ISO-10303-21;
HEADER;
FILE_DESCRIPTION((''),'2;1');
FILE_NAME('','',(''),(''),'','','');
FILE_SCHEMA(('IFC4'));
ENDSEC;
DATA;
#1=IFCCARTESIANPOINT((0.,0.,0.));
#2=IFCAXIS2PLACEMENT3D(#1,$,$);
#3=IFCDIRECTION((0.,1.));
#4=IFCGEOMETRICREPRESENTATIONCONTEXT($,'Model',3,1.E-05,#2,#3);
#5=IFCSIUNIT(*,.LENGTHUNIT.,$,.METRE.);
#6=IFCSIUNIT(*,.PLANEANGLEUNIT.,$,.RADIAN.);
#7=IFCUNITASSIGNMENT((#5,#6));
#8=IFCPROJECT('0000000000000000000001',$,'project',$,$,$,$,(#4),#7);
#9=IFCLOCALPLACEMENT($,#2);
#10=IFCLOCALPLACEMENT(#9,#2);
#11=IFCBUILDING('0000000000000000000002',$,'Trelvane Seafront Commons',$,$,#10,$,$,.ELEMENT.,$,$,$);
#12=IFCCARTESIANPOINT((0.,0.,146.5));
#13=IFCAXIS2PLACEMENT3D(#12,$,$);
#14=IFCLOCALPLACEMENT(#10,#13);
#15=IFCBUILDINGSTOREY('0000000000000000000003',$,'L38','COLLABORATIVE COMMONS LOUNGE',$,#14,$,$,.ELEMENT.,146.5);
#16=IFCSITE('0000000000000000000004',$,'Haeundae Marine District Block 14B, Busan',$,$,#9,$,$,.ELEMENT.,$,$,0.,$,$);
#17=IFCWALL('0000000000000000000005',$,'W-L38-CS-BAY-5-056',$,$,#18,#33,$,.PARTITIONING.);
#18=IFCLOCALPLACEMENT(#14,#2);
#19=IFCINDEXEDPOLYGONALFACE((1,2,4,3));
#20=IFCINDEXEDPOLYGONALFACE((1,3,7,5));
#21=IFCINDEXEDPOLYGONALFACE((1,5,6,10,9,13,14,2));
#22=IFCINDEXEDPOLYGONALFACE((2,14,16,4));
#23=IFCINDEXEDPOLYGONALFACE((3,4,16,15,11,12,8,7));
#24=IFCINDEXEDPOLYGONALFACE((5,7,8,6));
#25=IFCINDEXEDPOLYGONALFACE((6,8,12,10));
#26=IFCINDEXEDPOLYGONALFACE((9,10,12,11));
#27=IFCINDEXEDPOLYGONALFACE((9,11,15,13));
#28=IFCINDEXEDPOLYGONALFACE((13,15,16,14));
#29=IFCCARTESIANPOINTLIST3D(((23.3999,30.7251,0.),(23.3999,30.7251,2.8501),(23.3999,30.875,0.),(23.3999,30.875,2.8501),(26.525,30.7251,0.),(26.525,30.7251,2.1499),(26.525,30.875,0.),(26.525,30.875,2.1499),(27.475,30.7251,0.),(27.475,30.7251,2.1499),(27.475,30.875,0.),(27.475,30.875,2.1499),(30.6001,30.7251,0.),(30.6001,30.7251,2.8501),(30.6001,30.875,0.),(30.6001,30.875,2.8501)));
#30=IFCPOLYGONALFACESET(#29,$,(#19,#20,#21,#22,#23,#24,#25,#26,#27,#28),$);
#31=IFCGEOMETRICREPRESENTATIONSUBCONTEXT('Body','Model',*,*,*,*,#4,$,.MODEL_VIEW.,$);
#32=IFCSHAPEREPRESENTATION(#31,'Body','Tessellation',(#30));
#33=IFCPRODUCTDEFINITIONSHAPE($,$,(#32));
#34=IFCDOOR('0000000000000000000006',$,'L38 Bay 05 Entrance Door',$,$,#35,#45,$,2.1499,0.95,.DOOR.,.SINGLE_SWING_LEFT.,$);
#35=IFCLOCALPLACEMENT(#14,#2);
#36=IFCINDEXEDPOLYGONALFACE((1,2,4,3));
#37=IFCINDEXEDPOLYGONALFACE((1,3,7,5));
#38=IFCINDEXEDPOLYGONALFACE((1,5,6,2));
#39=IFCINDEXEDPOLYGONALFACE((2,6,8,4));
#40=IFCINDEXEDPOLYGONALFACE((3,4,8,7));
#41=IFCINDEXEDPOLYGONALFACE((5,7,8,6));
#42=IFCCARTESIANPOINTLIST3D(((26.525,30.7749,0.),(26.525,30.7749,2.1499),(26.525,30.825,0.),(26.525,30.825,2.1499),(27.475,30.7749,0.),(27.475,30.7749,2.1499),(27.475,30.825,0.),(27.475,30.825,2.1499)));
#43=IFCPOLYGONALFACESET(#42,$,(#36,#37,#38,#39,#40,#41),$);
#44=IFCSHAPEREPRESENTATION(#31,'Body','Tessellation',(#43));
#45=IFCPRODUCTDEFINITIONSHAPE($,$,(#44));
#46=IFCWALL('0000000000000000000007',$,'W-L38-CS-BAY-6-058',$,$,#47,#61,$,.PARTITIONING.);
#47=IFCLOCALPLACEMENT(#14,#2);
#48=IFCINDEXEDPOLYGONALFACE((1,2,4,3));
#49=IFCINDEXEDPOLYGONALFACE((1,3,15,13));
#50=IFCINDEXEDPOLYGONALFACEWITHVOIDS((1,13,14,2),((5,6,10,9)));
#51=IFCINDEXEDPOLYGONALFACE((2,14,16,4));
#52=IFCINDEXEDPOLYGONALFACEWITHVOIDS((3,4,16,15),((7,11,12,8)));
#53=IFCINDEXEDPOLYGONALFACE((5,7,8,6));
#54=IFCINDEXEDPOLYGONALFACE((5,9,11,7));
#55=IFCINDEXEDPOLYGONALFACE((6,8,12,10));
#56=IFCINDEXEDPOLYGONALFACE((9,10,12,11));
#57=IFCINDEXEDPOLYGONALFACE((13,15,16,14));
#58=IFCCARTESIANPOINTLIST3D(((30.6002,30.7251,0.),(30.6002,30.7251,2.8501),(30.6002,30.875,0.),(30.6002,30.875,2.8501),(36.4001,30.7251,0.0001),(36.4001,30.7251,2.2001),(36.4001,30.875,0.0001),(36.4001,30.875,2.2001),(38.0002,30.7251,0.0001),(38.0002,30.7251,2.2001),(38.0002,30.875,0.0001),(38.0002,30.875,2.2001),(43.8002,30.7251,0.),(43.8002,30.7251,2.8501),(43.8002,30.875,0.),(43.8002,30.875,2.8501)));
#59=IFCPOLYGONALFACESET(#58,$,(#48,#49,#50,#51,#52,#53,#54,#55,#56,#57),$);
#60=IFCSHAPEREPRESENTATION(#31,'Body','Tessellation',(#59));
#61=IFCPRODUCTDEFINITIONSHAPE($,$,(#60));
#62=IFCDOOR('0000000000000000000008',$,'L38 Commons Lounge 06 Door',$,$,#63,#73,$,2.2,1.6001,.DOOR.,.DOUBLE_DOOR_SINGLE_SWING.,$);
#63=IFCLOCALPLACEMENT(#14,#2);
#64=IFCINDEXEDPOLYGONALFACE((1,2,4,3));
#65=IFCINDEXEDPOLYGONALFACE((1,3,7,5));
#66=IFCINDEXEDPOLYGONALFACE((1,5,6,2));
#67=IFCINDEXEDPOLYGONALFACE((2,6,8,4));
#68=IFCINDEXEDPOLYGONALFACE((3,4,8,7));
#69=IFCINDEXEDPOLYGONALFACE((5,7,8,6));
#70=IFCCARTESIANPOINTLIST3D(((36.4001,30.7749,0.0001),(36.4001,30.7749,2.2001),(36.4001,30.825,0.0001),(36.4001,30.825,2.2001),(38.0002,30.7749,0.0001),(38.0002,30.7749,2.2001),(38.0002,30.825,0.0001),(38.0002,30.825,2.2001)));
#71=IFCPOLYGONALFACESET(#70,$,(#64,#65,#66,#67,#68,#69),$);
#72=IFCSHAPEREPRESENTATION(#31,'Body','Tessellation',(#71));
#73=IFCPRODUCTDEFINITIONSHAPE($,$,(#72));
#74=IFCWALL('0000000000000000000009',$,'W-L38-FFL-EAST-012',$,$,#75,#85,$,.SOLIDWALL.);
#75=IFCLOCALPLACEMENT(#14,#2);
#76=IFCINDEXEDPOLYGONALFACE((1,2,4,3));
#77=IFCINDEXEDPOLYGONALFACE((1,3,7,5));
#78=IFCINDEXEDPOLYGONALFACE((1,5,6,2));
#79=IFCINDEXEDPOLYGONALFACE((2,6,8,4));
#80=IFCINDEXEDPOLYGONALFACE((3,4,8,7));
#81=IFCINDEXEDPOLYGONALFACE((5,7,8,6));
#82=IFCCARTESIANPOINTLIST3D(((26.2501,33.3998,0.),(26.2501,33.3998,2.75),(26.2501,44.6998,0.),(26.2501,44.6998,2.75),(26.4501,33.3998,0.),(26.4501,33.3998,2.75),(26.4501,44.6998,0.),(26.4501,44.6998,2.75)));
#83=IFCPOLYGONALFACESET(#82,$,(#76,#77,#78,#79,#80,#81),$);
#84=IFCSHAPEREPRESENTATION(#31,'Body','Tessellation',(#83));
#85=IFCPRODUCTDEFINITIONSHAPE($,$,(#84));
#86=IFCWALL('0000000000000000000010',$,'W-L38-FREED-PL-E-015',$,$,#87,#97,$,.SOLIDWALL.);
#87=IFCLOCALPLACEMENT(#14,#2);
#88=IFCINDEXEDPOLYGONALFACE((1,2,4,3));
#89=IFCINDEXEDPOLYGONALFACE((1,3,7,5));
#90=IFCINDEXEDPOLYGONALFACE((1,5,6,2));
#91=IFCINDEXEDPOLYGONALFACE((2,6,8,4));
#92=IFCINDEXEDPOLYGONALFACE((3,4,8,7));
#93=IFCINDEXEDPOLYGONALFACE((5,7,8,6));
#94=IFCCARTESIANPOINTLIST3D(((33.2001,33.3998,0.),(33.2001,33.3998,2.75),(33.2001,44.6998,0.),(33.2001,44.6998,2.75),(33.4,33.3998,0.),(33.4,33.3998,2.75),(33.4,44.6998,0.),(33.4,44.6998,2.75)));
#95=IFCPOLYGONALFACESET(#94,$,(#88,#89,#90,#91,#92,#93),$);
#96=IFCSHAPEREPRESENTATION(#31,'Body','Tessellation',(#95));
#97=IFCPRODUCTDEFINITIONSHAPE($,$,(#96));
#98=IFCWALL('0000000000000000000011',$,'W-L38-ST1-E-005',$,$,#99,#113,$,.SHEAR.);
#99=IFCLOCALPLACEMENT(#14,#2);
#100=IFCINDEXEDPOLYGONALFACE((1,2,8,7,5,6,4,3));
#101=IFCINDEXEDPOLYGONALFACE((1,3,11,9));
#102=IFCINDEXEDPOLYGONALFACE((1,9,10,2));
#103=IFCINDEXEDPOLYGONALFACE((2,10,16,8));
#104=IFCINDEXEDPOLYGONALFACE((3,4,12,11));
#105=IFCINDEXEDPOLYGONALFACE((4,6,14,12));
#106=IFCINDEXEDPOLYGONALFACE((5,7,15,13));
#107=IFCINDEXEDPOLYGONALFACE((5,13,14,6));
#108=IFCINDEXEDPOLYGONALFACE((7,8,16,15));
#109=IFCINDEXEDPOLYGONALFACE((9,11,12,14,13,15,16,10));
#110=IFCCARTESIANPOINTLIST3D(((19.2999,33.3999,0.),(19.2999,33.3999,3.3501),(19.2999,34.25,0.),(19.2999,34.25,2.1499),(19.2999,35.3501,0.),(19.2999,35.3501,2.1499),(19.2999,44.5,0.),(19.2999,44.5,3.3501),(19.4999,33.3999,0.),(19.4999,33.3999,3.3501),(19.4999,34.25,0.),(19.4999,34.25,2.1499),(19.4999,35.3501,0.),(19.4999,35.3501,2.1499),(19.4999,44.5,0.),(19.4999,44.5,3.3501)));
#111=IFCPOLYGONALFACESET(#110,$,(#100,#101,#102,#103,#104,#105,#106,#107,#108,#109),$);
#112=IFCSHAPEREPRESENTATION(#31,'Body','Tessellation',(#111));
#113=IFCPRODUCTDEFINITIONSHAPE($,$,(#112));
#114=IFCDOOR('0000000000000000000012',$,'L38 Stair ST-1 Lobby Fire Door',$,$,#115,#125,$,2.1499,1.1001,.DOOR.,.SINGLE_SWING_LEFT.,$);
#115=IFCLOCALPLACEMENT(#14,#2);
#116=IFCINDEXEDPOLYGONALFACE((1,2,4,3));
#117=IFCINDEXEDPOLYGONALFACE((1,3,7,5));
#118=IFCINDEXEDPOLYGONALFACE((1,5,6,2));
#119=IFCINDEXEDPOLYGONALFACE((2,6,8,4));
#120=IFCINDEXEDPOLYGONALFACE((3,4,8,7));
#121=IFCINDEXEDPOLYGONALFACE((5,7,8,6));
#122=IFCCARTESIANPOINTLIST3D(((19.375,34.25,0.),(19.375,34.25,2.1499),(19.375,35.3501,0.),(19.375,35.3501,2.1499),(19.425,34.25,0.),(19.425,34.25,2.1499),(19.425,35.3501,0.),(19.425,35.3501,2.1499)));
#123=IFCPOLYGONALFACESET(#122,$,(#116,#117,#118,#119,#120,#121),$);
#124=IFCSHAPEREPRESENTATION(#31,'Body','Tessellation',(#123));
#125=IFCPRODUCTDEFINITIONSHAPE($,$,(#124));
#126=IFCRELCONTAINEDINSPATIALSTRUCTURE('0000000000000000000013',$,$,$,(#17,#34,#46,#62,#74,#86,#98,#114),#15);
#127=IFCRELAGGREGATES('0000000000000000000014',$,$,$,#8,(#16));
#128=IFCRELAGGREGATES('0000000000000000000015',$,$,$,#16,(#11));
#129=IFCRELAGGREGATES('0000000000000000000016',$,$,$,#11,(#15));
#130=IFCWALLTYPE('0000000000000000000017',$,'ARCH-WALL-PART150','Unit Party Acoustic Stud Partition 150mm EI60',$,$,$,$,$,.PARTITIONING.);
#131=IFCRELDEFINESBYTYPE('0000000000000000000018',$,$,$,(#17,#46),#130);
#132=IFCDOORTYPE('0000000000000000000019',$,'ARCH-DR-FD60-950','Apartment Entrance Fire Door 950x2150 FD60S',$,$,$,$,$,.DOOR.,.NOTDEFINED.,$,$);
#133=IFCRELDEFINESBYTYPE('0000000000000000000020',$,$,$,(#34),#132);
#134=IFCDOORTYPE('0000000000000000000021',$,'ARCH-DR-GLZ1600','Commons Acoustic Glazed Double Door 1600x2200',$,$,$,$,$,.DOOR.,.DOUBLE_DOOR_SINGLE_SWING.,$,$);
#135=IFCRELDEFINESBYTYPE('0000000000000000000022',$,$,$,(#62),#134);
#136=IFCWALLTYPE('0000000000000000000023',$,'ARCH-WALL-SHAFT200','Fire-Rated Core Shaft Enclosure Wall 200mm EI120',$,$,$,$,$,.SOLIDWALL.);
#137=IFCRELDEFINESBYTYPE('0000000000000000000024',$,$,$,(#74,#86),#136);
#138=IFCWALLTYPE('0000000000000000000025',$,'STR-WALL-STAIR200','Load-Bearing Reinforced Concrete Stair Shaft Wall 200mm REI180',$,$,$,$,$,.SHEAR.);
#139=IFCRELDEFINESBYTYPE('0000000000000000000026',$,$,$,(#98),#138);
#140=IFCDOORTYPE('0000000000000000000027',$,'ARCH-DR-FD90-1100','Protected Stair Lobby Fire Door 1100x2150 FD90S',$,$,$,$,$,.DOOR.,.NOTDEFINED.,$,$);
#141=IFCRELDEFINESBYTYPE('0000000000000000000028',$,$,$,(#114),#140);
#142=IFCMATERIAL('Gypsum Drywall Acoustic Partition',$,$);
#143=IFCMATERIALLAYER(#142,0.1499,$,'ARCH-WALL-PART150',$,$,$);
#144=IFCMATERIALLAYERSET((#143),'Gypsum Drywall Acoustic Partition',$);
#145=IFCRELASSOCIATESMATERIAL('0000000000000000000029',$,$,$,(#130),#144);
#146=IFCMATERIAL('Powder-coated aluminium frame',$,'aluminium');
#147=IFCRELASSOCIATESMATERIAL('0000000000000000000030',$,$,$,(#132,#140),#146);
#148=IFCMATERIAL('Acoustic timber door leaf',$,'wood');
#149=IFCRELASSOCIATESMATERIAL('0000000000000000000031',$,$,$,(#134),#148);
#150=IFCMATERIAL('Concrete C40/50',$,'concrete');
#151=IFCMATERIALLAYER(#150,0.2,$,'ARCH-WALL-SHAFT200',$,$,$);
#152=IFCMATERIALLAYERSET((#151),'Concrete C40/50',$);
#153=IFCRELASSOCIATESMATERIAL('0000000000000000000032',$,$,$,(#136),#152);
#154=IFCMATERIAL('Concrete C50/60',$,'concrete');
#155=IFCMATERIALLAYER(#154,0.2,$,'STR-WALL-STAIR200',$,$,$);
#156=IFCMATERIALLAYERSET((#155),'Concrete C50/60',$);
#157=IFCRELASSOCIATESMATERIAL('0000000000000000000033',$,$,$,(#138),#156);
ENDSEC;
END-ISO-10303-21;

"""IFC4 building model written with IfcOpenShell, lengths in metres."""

from ifc_helpers import new_model, si_unit, direction, frame, frame_2d, origin, place, context, subcontext, project, spatial, rectangle, extrude, source, transform, mapped, material, layer, layer_set, type_object, element, fill, save


model = new_model("IFC4")

# Units and contexts
model_context = context("Model", 3, precision=1e-05, world=origin(), true_north=direction((0.0, 1.0)))
body_context = subcontext(model_context, "Body", "Model", "MODEL_VIEW")
ifc_project = project(units=[si_unit("LENGTHUNIT", "METRE"), si_unit("PLANEANGLEUNIT", "RADIAN")], contexts=[model_context])

# Site, building, storey
site_placement = place(None, origin())
site = spatial("IfcSite", under=ifc_project, at=site_placement, Name="Haeundae Marine District Block 14B, Busan", CompositionType="ELEMENT", RefElevation=0.0)
building_placement = place(site_placement, origin())
building = spatial("IfcBuilding", under=site, at=building_placement, Name="Trelvane Seafront Commons", CompositionType="ELEMENT")
storey_placement = place(building_placement, frame((0.0, 0.0, 146.5)))
storey = spatial("IfcBuildingStorey", under=building, at=storey_placement, Name="L38", Description="COLLABORATIVE COMMONS LOUNGE", CompositionType="ELEMENT", Elevation=146.5)

# Shared definitions
ifc_material_1 = material(Name="Concrete C50/60", Category="concrete")

# Walls, openings, doors
ifc_material_2 = material(Name="Concrete C40/50", Category="concrete")
ifc_material_3 = material(Name="Powder-coated aluminium frame", Category="aluminium")
shared_shape_1 = source(origin(), body_context, "Body", "SweptSolid", [
    extrude(rectangle(XDim=1.6001, YDim=2.2, at=frame_2d((0.8, 1.1001))), frame((0.0, 0.0249, 0.0), z_axis=(0.0, -1.0, 0.0), x_axis=(1.0, 0.0, 0.0)), (0.0, 0.0, 1.0), 0.05),
])
ifc_material_4 = material(Name="Acoustic timber door leaf", Category="wood")
shared_shape_2 = source(origin(), body_context, "Body", "SweptSolid", [
    extrude(rectangle(XDim=0.95, YDim=2.1499, at=frame_2d((0.4751, 1.075))), frame((0.0, 0.0249, 0.0), z_axis=(0.0, -1.0, 0.0), x_axis=(1.0, 0.0, 0.0)), (0.0, 0.0, 1.0), 0.05),
])
ifc_material_5 = material(Name="Gypsum Drywall Acoustic Partition")
ifc_layer_1 = layer(ifc_material_5, 0.1499, Name="ARCH-WALL-PART150")
ifc_layer_set_1 = layer_set([ifc_layer_1], Name="Gypsum Drywall Acoustic Partition")
wall_type_1 = type_object("IfcWallType", Name="ARCH-WALL-PART150", Description="Unit Party Acoustic Stud Partition 150mm EI60", PredefinedType="PARTITIONING", material=ifc_layer_set_1)
door_type_1 = type_object("IfcDoorType", Name="ARCH-DR-FD60-950", Description="Apartment Entrance Fire Door 950x2150 FD60S", OperationType="NOTDEFINED", PredefinedType="DOOR", material=ifc_material_3)
wall_1_placement = place(storey_placement, frame((23.3999, 30.8, 0.0), z_axis=(0.0, 0.0, 1.0), x_axis=(1.0, 0.0, 0.0)))
wall_1 = element("IfcWall", 1, at=wall_1_placement, inside=storey, type_object=wall_type_1, Name="W-L38-CS-BAY-5-056", PredefinedType="PARTITIONING", context=body_context, shape_type="SweptSolid", body=[
    extrude(rectangle(XDim=7.2002, YDim=0.1499, at=frame_2d((3.6001, 0.0))), origin(), (0.0, 0.0, 1.0), 2.8501),
])
opening_1_placement = place(wall_1_placement, frame((3.125, 0.0, 0.0)))
opening_1 = element("IfcOpeningElement", 2, at=opening_1_placement, cuts=wall_1, PredefinedType="OPENING", context=body_context, shape_type="SweptSolid", body=[
    extrude(rectangle(XDim=0.95, YDim=2.1499, at=frame_2d((0.4751, 1.075))), frame((0.0, 0.085, 0.0), z_axis=(0.0, -1.0, 0.0), x_axis=(1.0, 0.0, 0.0)), (0.0, 0.0, 1.0), 0.1699),
])
door_1_placement = place(opening_1_placement, origin())
door_1 = element("IfcDoor", 3, at=door_1_placement, inside=storey, type_object=door_type_1, Name="L38 Bay 05 Entrance Door", OperationType="SINGLE_SWING_LEFT", OverallHeight=2.1499, OverallWidth=0.95, PredefinedType="DOOR", context=body_context, shape_type="MappedRepresentation", body=[
    mapped(shared_shape_2, transform((0.0, 0.0, 0.0), x_axis=(1.0, 0.0, 0.0), y_axis=(0.0, 1.0, 0.0), z_axis=(0.0, 0.0, 1.0), scale=1.0)),
])
fill(opening_1, door_1)
wall_2_placement = place(storey_placement, frame((30.6001, 30.8, 0.0), z_axis=(0.0, 0.0, 1.0), x_axis=(1.0, 0.0, 0.0)))
wall_2 = element("IfcWall", 4, at=wall_2_placement, inside=storey, type_object=wall_type_1, Name="W-L38-CS-BAY-6-058", PredefinedType="PARTITIONING", context=body_context, shape_type="SweptSolid", body=[
    extrude(rectangle(XDim=13.2, YDim=0.1499, at=frame_2d((6.6001, 0.0))), origin(), (0.0, 0.0, 1.0), 2.8501),
])
opening_2_placement = place(wall_2_placement, frame((5.8, 0.0, 0.0)))
opening_2 = element("IfcOpeningElement", 5, at=opening_2_placement, cuts=wall_2, PredefinedType="OPENING", context=body_context, shape_type="SweptSolid", body=[
    extrude(rectangle(XDim=1.6001, YDim=2.2, at=frame_2d((0.8, 1.1001))), frame((0.0, 0.085, 0.0), z_axis=(0.0, -1.0, 0.0), x_axis=(1.0, 0.0, 0.0)), (0.0, 0.0, 1.0), 0.1699),
])
door_type_2 = type_object("IfcDoorType", Name="ARCH-DR-GLZ1600", Description="Commons Acoustic Glazed Double Door 1600x2200", OperationType="DOUBLE_DOOR_SINGLE_SWING", PredefinedType="DOOR", material=ifc_material_4)
door_2_placement = place(opening_2_placement, origin())
door_2 = element("IfcDoor", 6, at=door_2_placement, inside=storey, type_object=door_type_2, Name="L38 Commons Lounge 06 Door", OperationType="DOUBLE_DOOR_SINGLE_SWING", OverallHeight=2.2, OverallWidth=1.6001, PredefinedType="DOOR", context=body_context, shape_type="MappedRepresentation", body=[
    mapped(shared_shape_1, transform((0.0, 0.0, 0.0), x_axis=(1.0, 0.0, 0.0), y_axis=(0.0, 1.0, 0.0), z_axis=(0.0, 0.0, 1.0), scale=1.0)),
])
fill(opening_2, door_2)

# Walls
ifc_layer_2 = layer(ifc_material_2, 0.2, Name="ARCH-WALL-SHAFT200")
ifc_layer_set_2 = layer_set([ifc_layer_2], Name="Concrete C40/50")
wall_type_2 = type_object("IfcWallType", Name="ARCH-WALL-SHAFT200", Description="Fire-Rated Core Shaft Enclosure Wall 200mm EI120", PredefinedType="SOLIDWALL", material=ifc_layer_set_2)
for number, where, z_axis, x_axis, name in (
    (7, (26.3501, 33.3999, 0.0), (0.0, 0.0, 1.0), (0.0, 1.0, 0.0), "W-L38-FFL-EAST-012"),
    (8, (33.3, 33.3999, 0.0), (0.0, 0.0, 1.0), (0.0, 1.0, 0.0), "W-L38-FREED-PL-E-015"),
):
    element("IfcWall", number, at=place(storey_placement, frame(where, z_axis=z_axis, x_axis=x_axis)), inside=storey, type_object=wall_type_2, Name=name, PredefinedType="SOLIDWALL", context=body_context, shape_type="SweptSolid", body=[
        extrude(rectangle(XDim=11.3, YDim=0.2, at=frame_2d((5.6499, 0.0))), origin(), (0.0, 0.0, 1.0), 2.75),
    ])

# Wall, opening, door
ifc_layer_3 = layer(ifc_material_1, 0.2, Name="STR-WALL-STAIR200")
ifc_layer_set_3 = layer_set([ifc_layer_3], Name="Concrete C50/60")
wall_type_3 = type_object("IfcWallType", Name="STR-WALL-STAIR200", Description="Load-Bearing Reinforced Concrete Stair Shaft Wall 200mm REI180", PredefinedType="SHEAR", material=ifc_layer_set_3)
wall_3_placement = place(storey_placement, frame((19.3999, 33.3999, 0.0), z_axis=(0.0, 0.0, 1.0), x_axis=(0.0, 1.0, 0.0)))
wall_3 = element("IfcWall", 9, at=wall_3_placement, inside=storey, type_object=wall_type_3, Name="W-L38-ST1-E-005", PredefinedType="SHEAR", context=body_context, shape_type="SweptSolid", body=[
    extrude(rectangle(XDim=11.1001, YDim=0.2, at=frame_2d((5.55, 0.0))), origin(), (0.0, 0.0, 1.0), 3.3501),
])
opening_3_placement = place(wall_3_placement, frame((0.8501, 0.0, 0.0)))
opening_3 = element("IfcOpeningElement", 10, at=opening_3_placement, cuts=wall_3, PredefinedType="OPENING", context=body_context, shape_type="SweptSolid", body=[
    extrude(rectangle(XDim=1.1001, YDim=2.1499, at=frame_2d((0.55, 1.075))), frame((0.0, 0.1099, 0.0), z_axis=(0.0, -1.0, 0.0), x_axis=(1.0, 0.0, 0.0)), (0.0, 0.0, 1.0), 0.22),
])
door_type_3 = type_object("IfcDoorType", Name="ARCH-DR-FD90-1100", Description="Protected Stair Lobby Fire Door 1100x2150 FD90S", OperationType="NOTDEFINED", PredefinedType="DOOR", material=ifc_material_3)
shared_shape_3 = source(origin(), body_context, "Body", "SweptSolid", [
    extrude(rectangle(XDim=1.1001, YDim=2.1499, at=frame_2d((0.55, 1.075))), frame((0.0, 0.0249, 0.0), z_axis=(0.0, -1.0, 0.0), x_axis=(1.0, 0.0, 0.0)), (0.0, 0.0, 1.0), 0.05),
])
door_3_placement = place(opening_3_placement, origin())
door_3 = element("IfcDoor", 11, at=door_3_placement, inside=storey, type_object=door_type_3, Name="L38 Stair ST-1 Lobby Fire Door", OperationType="SINGLE_SWING_LEFT", OverallHeight=2.1499, OverallWidth=1.1001, PredefinedType="DOOR", context=body_context, shape_type="MappedRepresentation", body=[
    mapped(shared_shape_3, transform((0.0, 0.0, 0.0), x_axis=(1.0, 0.0, 0.0), y_axis=(0.0, 1.0, 0.0), z_axis=(0.0, 0.0, 1.0), scale=1.0)),
])
fill(opening_3, door_3)

save(model, "model.ifc")
